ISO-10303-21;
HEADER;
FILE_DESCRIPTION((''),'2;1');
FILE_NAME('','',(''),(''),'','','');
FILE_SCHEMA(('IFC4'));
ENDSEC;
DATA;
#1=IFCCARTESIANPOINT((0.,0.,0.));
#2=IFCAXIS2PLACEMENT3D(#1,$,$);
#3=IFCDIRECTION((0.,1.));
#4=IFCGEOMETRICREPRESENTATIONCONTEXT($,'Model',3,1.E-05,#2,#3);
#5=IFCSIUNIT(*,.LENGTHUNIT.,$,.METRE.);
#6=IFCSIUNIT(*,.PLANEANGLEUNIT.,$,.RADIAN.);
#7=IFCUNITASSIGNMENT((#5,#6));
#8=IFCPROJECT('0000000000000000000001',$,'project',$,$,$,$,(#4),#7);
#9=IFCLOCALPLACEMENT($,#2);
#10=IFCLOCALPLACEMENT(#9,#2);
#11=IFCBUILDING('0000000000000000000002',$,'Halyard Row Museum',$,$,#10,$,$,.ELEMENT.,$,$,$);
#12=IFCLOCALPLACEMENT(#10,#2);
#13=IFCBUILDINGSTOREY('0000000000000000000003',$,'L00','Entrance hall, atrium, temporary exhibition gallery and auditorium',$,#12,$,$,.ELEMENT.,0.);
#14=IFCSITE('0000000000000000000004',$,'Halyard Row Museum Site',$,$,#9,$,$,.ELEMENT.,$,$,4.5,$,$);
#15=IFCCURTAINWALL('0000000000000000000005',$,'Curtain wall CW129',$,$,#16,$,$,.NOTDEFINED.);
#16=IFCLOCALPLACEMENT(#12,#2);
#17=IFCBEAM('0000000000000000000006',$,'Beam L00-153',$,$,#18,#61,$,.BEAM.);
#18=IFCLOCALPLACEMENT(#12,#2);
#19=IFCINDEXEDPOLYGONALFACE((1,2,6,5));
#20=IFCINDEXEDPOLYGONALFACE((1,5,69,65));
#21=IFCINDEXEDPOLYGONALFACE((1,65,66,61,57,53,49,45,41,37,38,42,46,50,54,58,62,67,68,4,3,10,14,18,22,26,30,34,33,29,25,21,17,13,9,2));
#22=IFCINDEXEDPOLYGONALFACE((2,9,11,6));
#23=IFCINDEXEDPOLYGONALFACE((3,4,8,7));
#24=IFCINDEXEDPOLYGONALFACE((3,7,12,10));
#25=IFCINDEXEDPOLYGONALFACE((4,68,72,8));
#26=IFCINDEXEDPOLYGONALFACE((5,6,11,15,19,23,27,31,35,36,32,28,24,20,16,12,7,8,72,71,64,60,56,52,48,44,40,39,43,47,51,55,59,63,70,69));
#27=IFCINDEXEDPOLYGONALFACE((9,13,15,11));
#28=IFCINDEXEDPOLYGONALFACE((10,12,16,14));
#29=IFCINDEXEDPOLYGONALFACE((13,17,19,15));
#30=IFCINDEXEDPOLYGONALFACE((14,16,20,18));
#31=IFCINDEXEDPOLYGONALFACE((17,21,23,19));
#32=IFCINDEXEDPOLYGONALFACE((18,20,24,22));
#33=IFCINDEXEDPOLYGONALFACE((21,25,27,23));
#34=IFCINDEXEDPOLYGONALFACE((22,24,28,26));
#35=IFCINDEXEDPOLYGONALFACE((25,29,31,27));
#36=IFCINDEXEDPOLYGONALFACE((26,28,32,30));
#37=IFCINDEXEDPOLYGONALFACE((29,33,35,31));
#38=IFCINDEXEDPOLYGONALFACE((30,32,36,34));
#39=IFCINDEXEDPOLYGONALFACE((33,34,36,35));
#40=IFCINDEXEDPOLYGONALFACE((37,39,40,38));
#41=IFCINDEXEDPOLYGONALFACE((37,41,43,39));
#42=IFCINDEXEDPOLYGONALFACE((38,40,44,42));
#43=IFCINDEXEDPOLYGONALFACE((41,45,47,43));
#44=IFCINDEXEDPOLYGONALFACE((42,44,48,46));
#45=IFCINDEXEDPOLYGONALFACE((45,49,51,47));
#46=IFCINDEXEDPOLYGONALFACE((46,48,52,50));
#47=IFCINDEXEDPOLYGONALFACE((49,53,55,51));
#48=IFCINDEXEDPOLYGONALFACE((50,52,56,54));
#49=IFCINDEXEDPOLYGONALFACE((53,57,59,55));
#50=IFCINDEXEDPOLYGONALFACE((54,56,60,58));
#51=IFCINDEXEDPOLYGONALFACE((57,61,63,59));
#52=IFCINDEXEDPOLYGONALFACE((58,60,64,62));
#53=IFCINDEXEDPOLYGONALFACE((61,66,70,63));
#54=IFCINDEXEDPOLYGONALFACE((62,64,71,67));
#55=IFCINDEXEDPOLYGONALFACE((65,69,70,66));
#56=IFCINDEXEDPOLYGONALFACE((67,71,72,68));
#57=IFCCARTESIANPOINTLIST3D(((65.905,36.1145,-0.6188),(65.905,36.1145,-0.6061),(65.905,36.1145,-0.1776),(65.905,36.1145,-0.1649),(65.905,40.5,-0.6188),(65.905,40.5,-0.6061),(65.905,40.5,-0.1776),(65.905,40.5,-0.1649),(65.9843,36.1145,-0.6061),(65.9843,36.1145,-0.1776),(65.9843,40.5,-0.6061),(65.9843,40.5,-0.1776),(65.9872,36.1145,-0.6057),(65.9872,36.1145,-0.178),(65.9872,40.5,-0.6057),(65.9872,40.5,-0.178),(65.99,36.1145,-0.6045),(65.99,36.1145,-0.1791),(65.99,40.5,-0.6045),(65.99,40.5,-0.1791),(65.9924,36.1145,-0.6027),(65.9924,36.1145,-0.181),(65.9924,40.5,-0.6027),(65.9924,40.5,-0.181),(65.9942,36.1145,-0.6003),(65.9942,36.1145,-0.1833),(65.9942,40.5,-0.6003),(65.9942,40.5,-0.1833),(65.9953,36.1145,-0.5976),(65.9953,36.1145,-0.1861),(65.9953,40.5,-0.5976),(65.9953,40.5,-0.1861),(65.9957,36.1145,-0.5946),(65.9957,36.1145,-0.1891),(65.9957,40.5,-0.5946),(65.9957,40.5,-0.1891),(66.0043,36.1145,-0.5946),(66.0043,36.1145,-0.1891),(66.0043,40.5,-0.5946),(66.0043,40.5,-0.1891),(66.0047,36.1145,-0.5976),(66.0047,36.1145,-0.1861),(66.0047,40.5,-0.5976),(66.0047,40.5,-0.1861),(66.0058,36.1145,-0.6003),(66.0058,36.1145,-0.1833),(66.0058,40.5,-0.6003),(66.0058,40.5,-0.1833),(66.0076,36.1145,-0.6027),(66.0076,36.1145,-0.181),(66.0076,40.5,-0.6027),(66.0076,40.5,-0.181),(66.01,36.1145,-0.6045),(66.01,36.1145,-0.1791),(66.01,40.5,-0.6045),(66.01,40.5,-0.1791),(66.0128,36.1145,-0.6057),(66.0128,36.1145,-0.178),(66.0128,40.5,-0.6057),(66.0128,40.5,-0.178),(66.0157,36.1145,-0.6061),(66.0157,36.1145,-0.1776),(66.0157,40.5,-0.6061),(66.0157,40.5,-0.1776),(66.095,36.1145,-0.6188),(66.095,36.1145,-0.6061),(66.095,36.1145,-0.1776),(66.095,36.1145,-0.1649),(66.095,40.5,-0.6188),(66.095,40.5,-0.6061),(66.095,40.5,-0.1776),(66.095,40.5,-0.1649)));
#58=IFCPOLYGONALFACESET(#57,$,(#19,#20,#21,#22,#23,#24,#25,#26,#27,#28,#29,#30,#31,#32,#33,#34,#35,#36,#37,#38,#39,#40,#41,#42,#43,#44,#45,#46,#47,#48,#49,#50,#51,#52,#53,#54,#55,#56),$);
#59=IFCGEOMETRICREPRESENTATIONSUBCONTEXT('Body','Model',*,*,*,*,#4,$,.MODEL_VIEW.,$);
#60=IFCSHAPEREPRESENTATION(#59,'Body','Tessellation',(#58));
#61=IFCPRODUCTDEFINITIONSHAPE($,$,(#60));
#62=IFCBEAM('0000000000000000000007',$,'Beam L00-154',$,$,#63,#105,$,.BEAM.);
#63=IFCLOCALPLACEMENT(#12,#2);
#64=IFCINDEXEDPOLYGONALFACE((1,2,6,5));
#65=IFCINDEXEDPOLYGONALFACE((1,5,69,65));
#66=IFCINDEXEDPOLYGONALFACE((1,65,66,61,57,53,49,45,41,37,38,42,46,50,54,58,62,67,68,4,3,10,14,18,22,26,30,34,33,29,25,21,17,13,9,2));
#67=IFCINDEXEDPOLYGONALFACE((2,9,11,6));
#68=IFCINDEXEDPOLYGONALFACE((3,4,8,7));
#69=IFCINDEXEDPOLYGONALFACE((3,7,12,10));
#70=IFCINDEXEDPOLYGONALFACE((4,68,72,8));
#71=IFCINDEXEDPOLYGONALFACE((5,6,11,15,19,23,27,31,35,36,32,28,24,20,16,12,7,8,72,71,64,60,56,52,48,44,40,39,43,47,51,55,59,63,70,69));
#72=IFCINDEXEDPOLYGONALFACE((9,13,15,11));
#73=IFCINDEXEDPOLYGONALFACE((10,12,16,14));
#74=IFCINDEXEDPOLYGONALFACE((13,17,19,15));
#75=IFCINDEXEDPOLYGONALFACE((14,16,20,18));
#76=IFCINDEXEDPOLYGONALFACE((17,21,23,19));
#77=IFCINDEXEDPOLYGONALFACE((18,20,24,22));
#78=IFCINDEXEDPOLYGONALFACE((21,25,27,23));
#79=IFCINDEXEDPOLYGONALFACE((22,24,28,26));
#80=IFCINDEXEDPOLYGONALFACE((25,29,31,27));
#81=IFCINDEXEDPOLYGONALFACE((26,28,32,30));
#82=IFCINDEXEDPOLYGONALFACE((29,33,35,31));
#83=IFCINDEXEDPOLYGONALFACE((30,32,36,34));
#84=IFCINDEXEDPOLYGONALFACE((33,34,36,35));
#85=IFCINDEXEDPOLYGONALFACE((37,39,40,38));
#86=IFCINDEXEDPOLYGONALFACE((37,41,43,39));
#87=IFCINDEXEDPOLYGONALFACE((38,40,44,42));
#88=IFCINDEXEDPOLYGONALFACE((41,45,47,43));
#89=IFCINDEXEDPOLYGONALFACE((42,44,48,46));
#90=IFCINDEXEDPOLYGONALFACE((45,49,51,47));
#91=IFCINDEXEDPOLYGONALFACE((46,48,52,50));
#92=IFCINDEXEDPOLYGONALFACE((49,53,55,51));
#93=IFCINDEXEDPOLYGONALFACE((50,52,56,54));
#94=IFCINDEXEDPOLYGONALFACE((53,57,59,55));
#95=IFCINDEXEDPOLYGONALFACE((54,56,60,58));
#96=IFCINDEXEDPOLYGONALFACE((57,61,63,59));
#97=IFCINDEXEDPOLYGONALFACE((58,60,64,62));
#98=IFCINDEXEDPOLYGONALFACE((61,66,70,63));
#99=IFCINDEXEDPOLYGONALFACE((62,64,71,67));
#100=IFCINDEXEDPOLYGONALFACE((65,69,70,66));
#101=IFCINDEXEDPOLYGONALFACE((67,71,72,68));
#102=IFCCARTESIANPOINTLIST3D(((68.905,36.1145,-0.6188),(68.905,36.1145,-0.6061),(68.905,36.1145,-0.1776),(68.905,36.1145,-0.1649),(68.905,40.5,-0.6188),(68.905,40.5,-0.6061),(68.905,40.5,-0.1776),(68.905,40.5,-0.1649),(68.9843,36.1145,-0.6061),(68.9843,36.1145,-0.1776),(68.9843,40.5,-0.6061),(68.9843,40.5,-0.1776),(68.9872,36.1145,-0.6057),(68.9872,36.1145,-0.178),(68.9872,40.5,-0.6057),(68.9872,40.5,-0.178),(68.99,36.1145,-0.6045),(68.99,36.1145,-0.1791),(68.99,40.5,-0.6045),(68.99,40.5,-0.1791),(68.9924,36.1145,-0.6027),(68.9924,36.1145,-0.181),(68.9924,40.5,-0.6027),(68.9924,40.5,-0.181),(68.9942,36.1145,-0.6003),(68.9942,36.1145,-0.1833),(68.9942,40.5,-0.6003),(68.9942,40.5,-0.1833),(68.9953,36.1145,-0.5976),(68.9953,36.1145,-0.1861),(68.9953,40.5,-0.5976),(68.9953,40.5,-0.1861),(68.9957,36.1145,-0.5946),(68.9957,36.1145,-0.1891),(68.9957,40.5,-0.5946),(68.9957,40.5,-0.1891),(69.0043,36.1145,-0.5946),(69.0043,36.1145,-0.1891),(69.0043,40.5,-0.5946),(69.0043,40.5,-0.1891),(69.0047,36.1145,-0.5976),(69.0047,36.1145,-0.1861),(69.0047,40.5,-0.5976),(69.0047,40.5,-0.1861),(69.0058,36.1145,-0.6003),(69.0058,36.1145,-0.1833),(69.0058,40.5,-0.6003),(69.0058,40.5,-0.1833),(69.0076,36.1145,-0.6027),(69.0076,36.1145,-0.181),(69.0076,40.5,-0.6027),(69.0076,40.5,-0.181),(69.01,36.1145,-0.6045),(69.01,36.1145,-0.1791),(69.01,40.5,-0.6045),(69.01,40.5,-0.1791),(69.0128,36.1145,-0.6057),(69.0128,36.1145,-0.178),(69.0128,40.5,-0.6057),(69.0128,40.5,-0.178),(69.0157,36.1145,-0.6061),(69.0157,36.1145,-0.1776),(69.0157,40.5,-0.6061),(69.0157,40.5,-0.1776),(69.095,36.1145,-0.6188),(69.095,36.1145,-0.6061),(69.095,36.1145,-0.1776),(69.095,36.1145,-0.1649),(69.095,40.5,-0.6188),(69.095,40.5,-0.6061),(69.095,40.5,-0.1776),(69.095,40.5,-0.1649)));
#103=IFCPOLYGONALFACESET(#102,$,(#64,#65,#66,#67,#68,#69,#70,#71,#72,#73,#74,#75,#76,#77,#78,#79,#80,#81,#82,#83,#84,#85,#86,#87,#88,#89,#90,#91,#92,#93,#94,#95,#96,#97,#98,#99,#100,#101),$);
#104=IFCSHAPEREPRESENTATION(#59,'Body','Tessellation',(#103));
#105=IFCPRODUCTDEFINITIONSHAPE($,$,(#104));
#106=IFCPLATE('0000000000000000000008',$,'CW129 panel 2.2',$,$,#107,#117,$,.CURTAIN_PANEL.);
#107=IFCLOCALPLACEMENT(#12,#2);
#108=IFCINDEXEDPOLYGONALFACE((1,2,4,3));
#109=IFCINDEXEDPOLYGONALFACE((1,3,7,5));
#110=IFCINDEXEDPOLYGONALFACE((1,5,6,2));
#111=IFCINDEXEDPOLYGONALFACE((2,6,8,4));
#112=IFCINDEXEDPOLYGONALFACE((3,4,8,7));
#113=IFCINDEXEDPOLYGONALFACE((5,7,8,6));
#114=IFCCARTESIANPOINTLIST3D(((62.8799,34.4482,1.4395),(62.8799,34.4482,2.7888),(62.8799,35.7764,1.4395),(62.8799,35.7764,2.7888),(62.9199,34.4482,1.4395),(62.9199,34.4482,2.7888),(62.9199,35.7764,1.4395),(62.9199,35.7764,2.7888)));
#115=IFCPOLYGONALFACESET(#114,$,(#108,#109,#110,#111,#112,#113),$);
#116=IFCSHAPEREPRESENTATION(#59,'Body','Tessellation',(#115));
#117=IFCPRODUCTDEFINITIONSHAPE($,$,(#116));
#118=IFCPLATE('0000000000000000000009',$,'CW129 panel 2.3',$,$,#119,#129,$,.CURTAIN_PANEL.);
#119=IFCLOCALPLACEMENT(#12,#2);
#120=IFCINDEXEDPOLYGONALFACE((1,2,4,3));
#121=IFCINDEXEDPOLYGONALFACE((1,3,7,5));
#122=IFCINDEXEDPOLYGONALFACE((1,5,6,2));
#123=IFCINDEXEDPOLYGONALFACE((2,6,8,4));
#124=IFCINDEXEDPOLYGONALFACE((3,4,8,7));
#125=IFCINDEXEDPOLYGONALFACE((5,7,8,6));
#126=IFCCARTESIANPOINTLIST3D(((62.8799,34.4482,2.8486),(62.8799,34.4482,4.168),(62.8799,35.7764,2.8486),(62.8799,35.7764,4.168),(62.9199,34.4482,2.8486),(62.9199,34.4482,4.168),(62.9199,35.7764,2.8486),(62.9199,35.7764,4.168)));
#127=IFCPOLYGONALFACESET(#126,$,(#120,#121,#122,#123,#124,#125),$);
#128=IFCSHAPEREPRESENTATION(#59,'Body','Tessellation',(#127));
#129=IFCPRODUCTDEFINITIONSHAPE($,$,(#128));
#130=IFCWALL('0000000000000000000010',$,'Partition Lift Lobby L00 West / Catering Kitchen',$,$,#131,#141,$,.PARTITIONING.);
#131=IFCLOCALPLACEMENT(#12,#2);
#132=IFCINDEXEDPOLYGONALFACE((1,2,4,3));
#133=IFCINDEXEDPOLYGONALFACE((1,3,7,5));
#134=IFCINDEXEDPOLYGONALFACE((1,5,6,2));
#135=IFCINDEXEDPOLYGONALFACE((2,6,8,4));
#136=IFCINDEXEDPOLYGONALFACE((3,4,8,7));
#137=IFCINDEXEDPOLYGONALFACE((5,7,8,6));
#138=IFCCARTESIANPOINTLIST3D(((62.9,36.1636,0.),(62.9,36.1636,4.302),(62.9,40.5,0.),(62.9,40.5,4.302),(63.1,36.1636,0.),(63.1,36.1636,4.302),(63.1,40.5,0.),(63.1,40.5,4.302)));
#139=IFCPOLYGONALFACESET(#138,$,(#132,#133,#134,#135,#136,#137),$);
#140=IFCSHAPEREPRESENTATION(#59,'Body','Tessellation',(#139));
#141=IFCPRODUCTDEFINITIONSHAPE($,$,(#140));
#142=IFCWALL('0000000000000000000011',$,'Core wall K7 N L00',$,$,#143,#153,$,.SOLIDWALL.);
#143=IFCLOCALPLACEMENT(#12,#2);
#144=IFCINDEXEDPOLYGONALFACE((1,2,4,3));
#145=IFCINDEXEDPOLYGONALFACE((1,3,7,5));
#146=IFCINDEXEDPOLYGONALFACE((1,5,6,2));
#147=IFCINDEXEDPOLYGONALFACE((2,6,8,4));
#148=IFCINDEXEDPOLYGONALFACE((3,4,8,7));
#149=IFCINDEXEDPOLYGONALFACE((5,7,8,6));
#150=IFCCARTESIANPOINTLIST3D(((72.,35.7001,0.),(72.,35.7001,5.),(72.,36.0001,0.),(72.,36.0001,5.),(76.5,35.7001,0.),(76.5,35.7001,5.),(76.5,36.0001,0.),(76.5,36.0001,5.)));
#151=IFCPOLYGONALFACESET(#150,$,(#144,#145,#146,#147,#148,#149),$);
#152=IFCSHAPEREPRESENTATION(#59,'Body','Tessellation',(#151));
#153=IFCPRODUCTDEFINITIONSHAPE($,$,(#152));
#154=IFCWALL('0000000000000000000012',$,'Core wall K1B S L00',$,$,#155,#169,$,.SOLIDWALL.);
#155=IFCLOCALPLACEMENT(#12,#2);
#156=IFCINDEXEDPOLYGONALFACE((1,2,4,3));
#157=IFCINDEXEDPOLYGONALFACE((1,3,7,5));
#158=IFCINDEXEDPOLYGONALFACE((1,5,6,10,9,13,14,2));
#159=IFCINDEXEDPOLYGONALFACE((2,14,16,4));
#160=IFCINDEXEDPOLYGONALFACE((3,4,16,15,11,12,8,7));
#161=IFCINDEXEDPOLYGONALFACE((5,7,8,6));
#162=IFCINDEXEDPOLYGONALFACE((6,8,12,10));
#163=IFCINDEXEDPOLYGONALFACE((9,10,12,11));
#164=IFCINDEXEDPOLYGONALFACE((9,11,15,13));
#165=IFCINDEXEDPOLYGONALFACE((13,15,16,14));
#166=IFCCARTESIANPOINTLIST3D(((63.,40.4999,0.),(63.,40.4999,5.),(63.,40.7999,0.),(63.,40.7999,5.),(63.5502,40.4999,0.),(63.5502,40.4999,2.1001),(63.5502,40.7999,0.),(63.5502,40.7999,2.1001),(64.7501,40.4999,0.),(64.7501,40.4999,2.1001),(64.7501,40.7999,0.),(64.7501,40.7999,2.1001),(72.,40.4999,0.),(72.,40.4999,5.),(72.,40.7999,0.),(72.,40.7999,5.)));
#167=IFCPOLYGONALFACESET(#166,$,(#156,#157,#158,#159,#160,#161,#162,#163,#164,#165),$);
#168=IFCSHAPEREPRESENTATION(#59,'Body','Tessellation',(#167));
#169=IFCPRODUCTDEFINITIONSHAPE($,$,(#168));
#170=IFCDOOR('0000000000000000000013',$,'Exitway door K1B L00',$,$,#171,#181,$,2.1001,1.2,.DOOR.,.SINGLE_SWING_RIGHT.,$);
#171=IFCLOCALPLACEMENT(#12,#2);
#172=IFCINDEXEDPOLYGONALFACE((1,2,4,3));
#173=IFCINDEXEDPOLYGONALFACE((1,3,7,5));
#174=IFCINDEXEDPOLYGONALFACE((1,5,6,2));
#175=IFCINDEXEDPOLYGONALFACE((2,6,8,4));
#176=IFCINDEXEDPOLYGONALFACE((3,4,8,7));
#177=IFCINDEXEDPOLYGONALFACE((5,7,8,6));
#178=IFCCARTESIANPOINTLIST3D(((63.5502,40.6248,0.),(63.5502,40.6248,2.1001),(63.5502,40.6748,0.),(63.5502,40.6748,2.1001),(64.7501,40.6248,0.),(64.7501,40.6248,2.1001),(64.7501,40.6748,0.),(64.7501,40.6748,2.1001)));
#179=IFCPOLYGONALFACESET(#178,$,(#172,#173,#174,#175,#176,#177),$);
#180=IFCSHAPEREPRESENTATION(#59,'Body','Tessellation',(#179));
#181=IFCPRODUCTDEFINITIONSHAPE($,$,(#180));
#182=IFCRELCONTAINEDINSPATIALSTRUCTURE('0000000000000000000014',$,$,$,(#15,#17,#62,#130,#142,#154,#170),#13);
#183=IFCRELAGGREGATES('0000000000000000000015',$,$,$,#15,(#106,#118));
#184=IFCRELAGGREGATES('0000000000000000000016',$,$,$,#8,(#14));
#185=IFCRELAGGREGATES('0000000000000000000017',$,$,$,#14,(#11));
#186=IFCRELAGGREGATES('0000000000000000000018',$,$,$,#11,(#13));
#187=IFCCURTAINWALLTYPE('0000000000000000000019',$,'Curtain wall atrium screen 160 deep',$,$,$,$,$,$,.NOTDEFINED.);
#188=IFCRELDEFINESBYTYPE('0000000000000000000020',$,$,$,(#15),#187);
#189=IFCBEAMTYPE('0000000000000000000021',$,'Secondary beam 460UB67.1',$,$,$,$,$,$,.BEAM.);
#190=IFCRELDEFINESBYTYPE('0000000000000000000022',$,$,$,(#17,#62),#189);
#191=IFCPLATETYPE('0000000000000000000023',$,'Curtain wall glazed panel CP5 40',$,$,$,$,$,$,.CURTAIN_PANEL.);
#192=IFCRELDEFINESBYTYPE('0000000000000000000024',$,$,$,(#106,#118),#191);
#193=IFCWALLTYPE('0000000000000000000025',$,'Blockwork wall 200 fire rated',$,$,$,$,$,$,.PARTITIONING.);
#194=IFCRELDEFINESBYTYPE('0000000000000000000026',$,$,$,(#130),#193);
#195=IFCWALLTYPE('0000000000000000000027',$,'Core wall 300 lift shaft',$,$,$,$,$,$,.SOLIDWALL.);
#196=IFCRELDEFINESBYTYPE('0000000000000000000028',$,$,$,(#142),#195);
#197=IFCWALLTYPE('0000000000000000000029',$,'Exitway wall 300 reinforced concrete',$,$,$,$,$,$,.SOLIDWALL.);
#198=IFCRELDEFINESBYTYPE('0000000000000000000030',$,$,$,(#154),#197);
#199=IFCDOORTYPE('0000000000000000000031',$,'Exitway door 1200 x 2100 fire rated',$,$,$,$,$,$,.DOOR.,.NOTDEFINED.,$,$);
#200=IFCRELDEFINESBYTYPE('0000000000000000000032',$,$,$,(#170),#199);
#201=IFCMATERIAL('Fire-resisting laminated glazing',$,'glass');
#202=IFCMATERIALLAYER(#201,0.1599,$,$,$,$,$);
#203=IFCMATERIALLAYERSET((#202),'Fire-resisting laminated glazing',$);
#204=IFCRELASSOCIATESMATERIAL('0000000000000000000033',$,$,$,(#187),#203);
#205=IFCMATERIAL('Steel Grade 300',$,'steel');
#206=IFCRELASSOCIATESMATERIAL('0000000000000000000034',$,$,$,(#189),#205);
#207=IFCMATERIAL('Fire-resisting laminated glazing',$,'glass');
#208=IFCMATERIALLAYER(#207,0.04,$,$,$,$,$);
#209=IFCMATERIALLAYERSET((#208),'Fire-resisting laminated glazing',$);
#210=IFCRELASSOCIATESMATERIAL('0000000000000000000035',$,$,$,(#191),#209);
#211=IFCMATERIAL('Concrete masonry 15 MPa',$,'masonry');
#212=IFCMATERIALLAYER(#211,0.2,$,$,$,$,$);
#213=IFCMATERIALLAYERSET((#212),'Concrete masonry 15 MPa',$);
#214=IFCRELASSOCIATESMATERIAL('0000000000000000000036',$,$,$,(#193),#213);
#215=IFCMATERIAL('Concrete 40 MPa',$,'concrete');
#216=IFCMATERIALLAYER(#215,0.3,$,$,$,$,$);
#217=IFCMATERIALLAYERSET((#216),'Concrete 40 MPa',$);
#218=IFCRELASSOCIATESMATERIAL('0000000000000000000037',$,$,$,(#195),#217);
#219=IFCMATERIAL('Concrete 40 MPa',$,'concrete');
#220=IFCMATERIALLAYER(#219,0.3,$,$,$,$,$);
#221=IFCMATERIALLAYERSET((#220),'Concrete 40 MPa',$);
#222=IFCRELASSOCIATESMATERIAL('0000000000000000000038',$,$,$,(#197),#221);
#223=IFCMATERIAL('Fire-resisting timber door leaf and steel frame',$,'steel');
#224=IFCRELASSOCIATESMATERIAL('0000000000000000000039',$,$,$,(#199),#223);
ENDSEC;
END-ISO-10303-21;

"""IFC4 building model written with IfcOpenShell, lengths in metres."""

from ifc_helpers import new_model, si_unit, direction, frame, frame_2d, origin, origin_2d, place, context, subcontext, project, spatial, rectangle, i_section, extrude, material, layer, layer_set, material_profile, profile_set, type_object, element, fill, aggregate, save


model = new_model("IFC4")

# Units and contexts
model_context = context("Model", 3, precision=1e-05, world=origin(), true_north=direction((0.0, 1.0)))
body_context = subcontext(model_context, "Body", "Model", "MODEL_VIEW")
ifc_project = project(units=[si_unit("LENGTHUNIT", "METRE"), si_unit("PLANEANGLEUNIT", "RADIAN")], contexts=[model_context])

# Site, building, storey
site_placement = place(None, origin())
site = spatial("IfcSite", under=ifc_project, at=site_placement, Name="Halyard Row Museum Site", CompositionType="ELEMENT", RefElevation=4.5)
building_placement = place(site_placement, origin())
building = spatial("IfcBuilding", under=site, at=building_placement, Name="Halyard Row Museum", CompositionType="ELEMENT")
storey_placement = place(building_placement, origin())
storey = spatial("IfcBuildingStorey", under=building, at=storey_placement, Name="L00", Description="Entrance hall, atrium, temporary exhibition gallery and auditorium", CompositionType="ELEMENT", Elevation=0.0)

# Curtain wall
ifc_material_1 = material(Name="Fire-resisting laminated glazing", Category="glass")
ifc_layer_1 = layer(ifc_material_1, 0.1599)
ifc_layer_set_1 = layer_set([ifc_layer_1], Name="Fire-resisting laminated glazing")
curtain_wall_type = type_object("IfcCurtainWallType", Name="Curtain wall atrium screen 160 deep", PredefinedType="NOTDEFINED", material=ifc_layer_set_1)
curtain_wall_placement = place(storey_placement, origin())
curtain_wall = element("IfcCurtainWall", 1, at=curtain_wall_placement, inside=storey, type_object=curtain_wall_type, Name="Curtain wall CW129", PredefinedType="NOTDEFINED")

# Beams
ifc_material_2 = material(Name="Steel Grade 300", Category="steel")
ifc_material_profile_1 = material_profile(ifc_material_2, i_section(OverallWidth=0.1899, OverallDepth=0.4539, WebThickness=0.0085, FlangeThickness=0.0127, FilletRadius=0.0115, at=origin_2d()), Name="460UB67.1")
ifc_profile_set_1 = profile_set([ifc_material_profile_1], Name="Steel Grade 300")
beam_type_1 = type_object("IfcBeamType", Name="Secondary beam 460UB67.1", PredefinedType="BEAM", material=ifc_profile_set_1)
for number, where, z_axis, x_axis, name in (
    (2, (66.0, 36.1145, -0.3918), (0.0, 1.0, 0.0), (-1.0, 0.0, 0.0), "Beam L00-153"),
    (3, (69.0, 36.1145, -0.3918), (0.0, 1.0, 0.0), (-1.0, 0.0, 0.0), "Beam L00-154"),
):
    element("IfcBeam", number, at=place(storey_placement, frame(where, z_axis=z_axis, x_axis=x_axis)), inside=storey, type_object=beam_type_1, Name=name, PredefinedType="BEAM", context=body_context, shape_type="SweptSolid", body=[
        extrude(i_section(OverallWidth=0.1899, OverallDepth=0.4539, WebThickness=0.0085, FlangeThickness=0.0127, FilletRadius=0.0115, at=origin_2d()), origin(), (0.0, 0.0, 1.0), 4.3855),
    ])

# Plates
ifc_material_3 = material(Name="Fire-resisting laminated glazing", Category="glass")
ifc_layer_2 = layer(ifc_material_3, 0.04)
ifc_layer_set_2 = layer_set([ifc_layer_2], Name="Fire-resisting laminated glazing")
plate_type = type_object("IfcPlateType", Name="Curtain wall glazed panel CP5 40", PredefinedType="CURTAIN_PANEL", material=ifc_layer_set_2)
plate_1_placement = place(storey_placement, frame((62.8999, 35.1123, 1.4395), z_axis=(0.0, 0.0, 1.0), x_axis=(0.0, 1.0, 0.0)))
plate_1 = element("IfcPlate", 4, at=plate_1_placement, type_object=plate_type, Name="CW129 panel 2.2", PredefinedType="CURTAIN_PANEL", context=body_context, shape_type="SweptSolid", body=[
    extrude(rectangle(XDim=1.3281, YDim=0.04, at=origin_2d()), origin(), (0.0, 0.0, 1.0), 1.3494),
])
plate_2_placement = place(storey_placement, frame((62.8999, 35.1123, 2.8486), z_axis=(0.0, 0.0, 1.0), x_axis=(0.0, 1.0, 0.0)))
plate_2 = element("IfcPlate", 5, at=plate_2_placement, type_object=plate_type, Name="CW129 panel 2.3", PredefinedType="CURTAIN_PANEL", context=body_context, shape_type="SweptSolid", body=[
    extrude(rectangle(XDim=1.3281, YDim=0.04, at=origin_2d()), origin(), (0.0, 0.0, 1.0), 1.3193),
])
aggregate(curtain_wall, [plate_1, plate_2])

# Walls
ifc_material_4 = material(Name="Concrete masonry 15 MPa", Category="masonry")
ifc_layer_3 = layer(ifc_material_4, 0.2)
ifc_layer_set_3 = layer_set([ifc_layer_3], Name="Concrete masonry 15 MPa")
wall_type_1 = type_object("IfcWallType", Name="Blockwork wall 200 fire rated", PredefinedType="PARTITIONING", material=ifc_layer_set_3)
wall_1_placement = place(storey_placement, frame((63.0, 36.1636, 0.0), z_axis=(0.0, 0.0, 1.0), x_axis=(0.0, 1.0, 0.0)))
element("IfcWall", 6, at=wall_1_placement, inside=storey, type_object=wall_type_1, Name="Partition Lift Lobby L00 West / Catering Kitchen", PredefinedType="PARTITIONING", context=body_context, shape_type="SweptSolid", body=[
    extrude(rectangle(XDim=4.3364, YDim=0.2, at=frame_2d((2.1682, 0.0))), origin(), (0.0, 0.0, 1.0), 4.302),
])
ifc_material_5 = material(Name="Concrete 40 MPa", Category="concrete")
ifc_layer_4 = layer(ifc_material_5, 0.3)
ifc_layer_set_4 = layer_set([ifc_layer_4], Name="Concrete 40 MPa")
wall_type_2 = type_object("IfcWallType", Name="Core wall 300 lift shaft", PredefinedType="SOLIDWALL", material=ifc_layer_set_4)
wall_2_placement = place(storey_placement, frame((72.0, 35.8501, 0.0), z_axis=(0.0, 0.0, 1.0), x_axis=(1.0, 0.0, 0.0)))
element("IfcWall", 7, at=wall_2_placement, inside=storey, type_object=wall_type_2, Name="Core wall K7 N L00", PredefinedType="SOLIDWALL", context=body_context, shape_type="SweptSolid", body=[
    extrude(rectangle(XDim=4.5, YDim=0.3, at=frame_2d((2.25, 0.0))), origin(), (0.0, 0.0, 1.0), 5.0),
])

# Wall, opening, door
ifc_material_6 = material(Name="Concrete 40 MPa", Category="concrete")
ifc_layer_5 = layer(ifc_material_6, 0.3)
ifc_layer_set_5 = layer_set([ifc_layer_5], Name="Concrete 40 MPa")
wall_type_3 = type_object("IfcWallType", Name="Exitway wall 300 reinforced concrete", PredefinedType="SOLIDWALL", material=ifc_layer_set_5)
wall_3_placement = place(storey_placement, frame((63.0, 40.6499, 0.0), z_axis=(0.0, 0.0, 1.0), x_axis=(1.0, 0.0, 0.0)))
wall_3 = element("IfcWall", 8, at=wall_3_placement, inside=storey, type_object=wall_type_3, Name="Core wall K1B S L00", PredefinedType="SOLIDWALL", context=body_context, shape_type="SweptSolid", body=[
    extrude(rectangle(XDim=9.0, YDim=0.3, at=frame_2d((4.5, 0.0))), origin(), (0.0, 0.0, 1.0), 5.0),
])
opening_placement = place(wall_3_placement, frame((0.55, 0.0, 0.0)))
opening = element("IfcOpeningElement", 9, at=opening_placement, cuts=wall_3, PredefinedType="OPENING", context=body_context, shape_type="SweptSolid", body=[
    extrude(rectangle(XDim=1.2, YDim=2.1001, at=frame_2d((0.6001, 1.05))), frame((0.0, 0.1599, 0.0), z_axis=(0.0, -1.0, 0.0), x_axis=(1.0, 0.0, 0.0)), (0.0, 0.0, 1.0), 0.3201),
])
ifc_material_7 = material(Name="Fire-resisting timber door leaf and steel frame", Category="steel")
door_type = type_object("IfcDoorType", Name="Exitway door 1200 x 2100 fire rated", OperationType="NOTDEFINED", PredefinedType="DOOR", material=ifc_material_7)
door_placement = place(opening_placement, origin())
door = element("IfcDoor", 10, at=door_placement, inside=storey, type_object=door_type, Name="Exitway door K1B L00", OperationType="SINGLE_SWING_RIGHT", OverallHeight=2.1001, OverallWidth=1.2, PredefinedType="DOOR", context=body_context, shape_type="SweptSolid", body=[
    extrude(rectangle(XDim=1.2, YDim=2.1001, at=frame_2d((0.6001, 1.05))), frame((0.0, 0.0249, 0.0), z_axis=(0.0, -1.0, 0.0), x_axis=(1.0, 0.0, 0.0)), (0.0, 0.0, 1.0), 0.05),
])
fill(opening, door)

save(model, "model.ifc")
